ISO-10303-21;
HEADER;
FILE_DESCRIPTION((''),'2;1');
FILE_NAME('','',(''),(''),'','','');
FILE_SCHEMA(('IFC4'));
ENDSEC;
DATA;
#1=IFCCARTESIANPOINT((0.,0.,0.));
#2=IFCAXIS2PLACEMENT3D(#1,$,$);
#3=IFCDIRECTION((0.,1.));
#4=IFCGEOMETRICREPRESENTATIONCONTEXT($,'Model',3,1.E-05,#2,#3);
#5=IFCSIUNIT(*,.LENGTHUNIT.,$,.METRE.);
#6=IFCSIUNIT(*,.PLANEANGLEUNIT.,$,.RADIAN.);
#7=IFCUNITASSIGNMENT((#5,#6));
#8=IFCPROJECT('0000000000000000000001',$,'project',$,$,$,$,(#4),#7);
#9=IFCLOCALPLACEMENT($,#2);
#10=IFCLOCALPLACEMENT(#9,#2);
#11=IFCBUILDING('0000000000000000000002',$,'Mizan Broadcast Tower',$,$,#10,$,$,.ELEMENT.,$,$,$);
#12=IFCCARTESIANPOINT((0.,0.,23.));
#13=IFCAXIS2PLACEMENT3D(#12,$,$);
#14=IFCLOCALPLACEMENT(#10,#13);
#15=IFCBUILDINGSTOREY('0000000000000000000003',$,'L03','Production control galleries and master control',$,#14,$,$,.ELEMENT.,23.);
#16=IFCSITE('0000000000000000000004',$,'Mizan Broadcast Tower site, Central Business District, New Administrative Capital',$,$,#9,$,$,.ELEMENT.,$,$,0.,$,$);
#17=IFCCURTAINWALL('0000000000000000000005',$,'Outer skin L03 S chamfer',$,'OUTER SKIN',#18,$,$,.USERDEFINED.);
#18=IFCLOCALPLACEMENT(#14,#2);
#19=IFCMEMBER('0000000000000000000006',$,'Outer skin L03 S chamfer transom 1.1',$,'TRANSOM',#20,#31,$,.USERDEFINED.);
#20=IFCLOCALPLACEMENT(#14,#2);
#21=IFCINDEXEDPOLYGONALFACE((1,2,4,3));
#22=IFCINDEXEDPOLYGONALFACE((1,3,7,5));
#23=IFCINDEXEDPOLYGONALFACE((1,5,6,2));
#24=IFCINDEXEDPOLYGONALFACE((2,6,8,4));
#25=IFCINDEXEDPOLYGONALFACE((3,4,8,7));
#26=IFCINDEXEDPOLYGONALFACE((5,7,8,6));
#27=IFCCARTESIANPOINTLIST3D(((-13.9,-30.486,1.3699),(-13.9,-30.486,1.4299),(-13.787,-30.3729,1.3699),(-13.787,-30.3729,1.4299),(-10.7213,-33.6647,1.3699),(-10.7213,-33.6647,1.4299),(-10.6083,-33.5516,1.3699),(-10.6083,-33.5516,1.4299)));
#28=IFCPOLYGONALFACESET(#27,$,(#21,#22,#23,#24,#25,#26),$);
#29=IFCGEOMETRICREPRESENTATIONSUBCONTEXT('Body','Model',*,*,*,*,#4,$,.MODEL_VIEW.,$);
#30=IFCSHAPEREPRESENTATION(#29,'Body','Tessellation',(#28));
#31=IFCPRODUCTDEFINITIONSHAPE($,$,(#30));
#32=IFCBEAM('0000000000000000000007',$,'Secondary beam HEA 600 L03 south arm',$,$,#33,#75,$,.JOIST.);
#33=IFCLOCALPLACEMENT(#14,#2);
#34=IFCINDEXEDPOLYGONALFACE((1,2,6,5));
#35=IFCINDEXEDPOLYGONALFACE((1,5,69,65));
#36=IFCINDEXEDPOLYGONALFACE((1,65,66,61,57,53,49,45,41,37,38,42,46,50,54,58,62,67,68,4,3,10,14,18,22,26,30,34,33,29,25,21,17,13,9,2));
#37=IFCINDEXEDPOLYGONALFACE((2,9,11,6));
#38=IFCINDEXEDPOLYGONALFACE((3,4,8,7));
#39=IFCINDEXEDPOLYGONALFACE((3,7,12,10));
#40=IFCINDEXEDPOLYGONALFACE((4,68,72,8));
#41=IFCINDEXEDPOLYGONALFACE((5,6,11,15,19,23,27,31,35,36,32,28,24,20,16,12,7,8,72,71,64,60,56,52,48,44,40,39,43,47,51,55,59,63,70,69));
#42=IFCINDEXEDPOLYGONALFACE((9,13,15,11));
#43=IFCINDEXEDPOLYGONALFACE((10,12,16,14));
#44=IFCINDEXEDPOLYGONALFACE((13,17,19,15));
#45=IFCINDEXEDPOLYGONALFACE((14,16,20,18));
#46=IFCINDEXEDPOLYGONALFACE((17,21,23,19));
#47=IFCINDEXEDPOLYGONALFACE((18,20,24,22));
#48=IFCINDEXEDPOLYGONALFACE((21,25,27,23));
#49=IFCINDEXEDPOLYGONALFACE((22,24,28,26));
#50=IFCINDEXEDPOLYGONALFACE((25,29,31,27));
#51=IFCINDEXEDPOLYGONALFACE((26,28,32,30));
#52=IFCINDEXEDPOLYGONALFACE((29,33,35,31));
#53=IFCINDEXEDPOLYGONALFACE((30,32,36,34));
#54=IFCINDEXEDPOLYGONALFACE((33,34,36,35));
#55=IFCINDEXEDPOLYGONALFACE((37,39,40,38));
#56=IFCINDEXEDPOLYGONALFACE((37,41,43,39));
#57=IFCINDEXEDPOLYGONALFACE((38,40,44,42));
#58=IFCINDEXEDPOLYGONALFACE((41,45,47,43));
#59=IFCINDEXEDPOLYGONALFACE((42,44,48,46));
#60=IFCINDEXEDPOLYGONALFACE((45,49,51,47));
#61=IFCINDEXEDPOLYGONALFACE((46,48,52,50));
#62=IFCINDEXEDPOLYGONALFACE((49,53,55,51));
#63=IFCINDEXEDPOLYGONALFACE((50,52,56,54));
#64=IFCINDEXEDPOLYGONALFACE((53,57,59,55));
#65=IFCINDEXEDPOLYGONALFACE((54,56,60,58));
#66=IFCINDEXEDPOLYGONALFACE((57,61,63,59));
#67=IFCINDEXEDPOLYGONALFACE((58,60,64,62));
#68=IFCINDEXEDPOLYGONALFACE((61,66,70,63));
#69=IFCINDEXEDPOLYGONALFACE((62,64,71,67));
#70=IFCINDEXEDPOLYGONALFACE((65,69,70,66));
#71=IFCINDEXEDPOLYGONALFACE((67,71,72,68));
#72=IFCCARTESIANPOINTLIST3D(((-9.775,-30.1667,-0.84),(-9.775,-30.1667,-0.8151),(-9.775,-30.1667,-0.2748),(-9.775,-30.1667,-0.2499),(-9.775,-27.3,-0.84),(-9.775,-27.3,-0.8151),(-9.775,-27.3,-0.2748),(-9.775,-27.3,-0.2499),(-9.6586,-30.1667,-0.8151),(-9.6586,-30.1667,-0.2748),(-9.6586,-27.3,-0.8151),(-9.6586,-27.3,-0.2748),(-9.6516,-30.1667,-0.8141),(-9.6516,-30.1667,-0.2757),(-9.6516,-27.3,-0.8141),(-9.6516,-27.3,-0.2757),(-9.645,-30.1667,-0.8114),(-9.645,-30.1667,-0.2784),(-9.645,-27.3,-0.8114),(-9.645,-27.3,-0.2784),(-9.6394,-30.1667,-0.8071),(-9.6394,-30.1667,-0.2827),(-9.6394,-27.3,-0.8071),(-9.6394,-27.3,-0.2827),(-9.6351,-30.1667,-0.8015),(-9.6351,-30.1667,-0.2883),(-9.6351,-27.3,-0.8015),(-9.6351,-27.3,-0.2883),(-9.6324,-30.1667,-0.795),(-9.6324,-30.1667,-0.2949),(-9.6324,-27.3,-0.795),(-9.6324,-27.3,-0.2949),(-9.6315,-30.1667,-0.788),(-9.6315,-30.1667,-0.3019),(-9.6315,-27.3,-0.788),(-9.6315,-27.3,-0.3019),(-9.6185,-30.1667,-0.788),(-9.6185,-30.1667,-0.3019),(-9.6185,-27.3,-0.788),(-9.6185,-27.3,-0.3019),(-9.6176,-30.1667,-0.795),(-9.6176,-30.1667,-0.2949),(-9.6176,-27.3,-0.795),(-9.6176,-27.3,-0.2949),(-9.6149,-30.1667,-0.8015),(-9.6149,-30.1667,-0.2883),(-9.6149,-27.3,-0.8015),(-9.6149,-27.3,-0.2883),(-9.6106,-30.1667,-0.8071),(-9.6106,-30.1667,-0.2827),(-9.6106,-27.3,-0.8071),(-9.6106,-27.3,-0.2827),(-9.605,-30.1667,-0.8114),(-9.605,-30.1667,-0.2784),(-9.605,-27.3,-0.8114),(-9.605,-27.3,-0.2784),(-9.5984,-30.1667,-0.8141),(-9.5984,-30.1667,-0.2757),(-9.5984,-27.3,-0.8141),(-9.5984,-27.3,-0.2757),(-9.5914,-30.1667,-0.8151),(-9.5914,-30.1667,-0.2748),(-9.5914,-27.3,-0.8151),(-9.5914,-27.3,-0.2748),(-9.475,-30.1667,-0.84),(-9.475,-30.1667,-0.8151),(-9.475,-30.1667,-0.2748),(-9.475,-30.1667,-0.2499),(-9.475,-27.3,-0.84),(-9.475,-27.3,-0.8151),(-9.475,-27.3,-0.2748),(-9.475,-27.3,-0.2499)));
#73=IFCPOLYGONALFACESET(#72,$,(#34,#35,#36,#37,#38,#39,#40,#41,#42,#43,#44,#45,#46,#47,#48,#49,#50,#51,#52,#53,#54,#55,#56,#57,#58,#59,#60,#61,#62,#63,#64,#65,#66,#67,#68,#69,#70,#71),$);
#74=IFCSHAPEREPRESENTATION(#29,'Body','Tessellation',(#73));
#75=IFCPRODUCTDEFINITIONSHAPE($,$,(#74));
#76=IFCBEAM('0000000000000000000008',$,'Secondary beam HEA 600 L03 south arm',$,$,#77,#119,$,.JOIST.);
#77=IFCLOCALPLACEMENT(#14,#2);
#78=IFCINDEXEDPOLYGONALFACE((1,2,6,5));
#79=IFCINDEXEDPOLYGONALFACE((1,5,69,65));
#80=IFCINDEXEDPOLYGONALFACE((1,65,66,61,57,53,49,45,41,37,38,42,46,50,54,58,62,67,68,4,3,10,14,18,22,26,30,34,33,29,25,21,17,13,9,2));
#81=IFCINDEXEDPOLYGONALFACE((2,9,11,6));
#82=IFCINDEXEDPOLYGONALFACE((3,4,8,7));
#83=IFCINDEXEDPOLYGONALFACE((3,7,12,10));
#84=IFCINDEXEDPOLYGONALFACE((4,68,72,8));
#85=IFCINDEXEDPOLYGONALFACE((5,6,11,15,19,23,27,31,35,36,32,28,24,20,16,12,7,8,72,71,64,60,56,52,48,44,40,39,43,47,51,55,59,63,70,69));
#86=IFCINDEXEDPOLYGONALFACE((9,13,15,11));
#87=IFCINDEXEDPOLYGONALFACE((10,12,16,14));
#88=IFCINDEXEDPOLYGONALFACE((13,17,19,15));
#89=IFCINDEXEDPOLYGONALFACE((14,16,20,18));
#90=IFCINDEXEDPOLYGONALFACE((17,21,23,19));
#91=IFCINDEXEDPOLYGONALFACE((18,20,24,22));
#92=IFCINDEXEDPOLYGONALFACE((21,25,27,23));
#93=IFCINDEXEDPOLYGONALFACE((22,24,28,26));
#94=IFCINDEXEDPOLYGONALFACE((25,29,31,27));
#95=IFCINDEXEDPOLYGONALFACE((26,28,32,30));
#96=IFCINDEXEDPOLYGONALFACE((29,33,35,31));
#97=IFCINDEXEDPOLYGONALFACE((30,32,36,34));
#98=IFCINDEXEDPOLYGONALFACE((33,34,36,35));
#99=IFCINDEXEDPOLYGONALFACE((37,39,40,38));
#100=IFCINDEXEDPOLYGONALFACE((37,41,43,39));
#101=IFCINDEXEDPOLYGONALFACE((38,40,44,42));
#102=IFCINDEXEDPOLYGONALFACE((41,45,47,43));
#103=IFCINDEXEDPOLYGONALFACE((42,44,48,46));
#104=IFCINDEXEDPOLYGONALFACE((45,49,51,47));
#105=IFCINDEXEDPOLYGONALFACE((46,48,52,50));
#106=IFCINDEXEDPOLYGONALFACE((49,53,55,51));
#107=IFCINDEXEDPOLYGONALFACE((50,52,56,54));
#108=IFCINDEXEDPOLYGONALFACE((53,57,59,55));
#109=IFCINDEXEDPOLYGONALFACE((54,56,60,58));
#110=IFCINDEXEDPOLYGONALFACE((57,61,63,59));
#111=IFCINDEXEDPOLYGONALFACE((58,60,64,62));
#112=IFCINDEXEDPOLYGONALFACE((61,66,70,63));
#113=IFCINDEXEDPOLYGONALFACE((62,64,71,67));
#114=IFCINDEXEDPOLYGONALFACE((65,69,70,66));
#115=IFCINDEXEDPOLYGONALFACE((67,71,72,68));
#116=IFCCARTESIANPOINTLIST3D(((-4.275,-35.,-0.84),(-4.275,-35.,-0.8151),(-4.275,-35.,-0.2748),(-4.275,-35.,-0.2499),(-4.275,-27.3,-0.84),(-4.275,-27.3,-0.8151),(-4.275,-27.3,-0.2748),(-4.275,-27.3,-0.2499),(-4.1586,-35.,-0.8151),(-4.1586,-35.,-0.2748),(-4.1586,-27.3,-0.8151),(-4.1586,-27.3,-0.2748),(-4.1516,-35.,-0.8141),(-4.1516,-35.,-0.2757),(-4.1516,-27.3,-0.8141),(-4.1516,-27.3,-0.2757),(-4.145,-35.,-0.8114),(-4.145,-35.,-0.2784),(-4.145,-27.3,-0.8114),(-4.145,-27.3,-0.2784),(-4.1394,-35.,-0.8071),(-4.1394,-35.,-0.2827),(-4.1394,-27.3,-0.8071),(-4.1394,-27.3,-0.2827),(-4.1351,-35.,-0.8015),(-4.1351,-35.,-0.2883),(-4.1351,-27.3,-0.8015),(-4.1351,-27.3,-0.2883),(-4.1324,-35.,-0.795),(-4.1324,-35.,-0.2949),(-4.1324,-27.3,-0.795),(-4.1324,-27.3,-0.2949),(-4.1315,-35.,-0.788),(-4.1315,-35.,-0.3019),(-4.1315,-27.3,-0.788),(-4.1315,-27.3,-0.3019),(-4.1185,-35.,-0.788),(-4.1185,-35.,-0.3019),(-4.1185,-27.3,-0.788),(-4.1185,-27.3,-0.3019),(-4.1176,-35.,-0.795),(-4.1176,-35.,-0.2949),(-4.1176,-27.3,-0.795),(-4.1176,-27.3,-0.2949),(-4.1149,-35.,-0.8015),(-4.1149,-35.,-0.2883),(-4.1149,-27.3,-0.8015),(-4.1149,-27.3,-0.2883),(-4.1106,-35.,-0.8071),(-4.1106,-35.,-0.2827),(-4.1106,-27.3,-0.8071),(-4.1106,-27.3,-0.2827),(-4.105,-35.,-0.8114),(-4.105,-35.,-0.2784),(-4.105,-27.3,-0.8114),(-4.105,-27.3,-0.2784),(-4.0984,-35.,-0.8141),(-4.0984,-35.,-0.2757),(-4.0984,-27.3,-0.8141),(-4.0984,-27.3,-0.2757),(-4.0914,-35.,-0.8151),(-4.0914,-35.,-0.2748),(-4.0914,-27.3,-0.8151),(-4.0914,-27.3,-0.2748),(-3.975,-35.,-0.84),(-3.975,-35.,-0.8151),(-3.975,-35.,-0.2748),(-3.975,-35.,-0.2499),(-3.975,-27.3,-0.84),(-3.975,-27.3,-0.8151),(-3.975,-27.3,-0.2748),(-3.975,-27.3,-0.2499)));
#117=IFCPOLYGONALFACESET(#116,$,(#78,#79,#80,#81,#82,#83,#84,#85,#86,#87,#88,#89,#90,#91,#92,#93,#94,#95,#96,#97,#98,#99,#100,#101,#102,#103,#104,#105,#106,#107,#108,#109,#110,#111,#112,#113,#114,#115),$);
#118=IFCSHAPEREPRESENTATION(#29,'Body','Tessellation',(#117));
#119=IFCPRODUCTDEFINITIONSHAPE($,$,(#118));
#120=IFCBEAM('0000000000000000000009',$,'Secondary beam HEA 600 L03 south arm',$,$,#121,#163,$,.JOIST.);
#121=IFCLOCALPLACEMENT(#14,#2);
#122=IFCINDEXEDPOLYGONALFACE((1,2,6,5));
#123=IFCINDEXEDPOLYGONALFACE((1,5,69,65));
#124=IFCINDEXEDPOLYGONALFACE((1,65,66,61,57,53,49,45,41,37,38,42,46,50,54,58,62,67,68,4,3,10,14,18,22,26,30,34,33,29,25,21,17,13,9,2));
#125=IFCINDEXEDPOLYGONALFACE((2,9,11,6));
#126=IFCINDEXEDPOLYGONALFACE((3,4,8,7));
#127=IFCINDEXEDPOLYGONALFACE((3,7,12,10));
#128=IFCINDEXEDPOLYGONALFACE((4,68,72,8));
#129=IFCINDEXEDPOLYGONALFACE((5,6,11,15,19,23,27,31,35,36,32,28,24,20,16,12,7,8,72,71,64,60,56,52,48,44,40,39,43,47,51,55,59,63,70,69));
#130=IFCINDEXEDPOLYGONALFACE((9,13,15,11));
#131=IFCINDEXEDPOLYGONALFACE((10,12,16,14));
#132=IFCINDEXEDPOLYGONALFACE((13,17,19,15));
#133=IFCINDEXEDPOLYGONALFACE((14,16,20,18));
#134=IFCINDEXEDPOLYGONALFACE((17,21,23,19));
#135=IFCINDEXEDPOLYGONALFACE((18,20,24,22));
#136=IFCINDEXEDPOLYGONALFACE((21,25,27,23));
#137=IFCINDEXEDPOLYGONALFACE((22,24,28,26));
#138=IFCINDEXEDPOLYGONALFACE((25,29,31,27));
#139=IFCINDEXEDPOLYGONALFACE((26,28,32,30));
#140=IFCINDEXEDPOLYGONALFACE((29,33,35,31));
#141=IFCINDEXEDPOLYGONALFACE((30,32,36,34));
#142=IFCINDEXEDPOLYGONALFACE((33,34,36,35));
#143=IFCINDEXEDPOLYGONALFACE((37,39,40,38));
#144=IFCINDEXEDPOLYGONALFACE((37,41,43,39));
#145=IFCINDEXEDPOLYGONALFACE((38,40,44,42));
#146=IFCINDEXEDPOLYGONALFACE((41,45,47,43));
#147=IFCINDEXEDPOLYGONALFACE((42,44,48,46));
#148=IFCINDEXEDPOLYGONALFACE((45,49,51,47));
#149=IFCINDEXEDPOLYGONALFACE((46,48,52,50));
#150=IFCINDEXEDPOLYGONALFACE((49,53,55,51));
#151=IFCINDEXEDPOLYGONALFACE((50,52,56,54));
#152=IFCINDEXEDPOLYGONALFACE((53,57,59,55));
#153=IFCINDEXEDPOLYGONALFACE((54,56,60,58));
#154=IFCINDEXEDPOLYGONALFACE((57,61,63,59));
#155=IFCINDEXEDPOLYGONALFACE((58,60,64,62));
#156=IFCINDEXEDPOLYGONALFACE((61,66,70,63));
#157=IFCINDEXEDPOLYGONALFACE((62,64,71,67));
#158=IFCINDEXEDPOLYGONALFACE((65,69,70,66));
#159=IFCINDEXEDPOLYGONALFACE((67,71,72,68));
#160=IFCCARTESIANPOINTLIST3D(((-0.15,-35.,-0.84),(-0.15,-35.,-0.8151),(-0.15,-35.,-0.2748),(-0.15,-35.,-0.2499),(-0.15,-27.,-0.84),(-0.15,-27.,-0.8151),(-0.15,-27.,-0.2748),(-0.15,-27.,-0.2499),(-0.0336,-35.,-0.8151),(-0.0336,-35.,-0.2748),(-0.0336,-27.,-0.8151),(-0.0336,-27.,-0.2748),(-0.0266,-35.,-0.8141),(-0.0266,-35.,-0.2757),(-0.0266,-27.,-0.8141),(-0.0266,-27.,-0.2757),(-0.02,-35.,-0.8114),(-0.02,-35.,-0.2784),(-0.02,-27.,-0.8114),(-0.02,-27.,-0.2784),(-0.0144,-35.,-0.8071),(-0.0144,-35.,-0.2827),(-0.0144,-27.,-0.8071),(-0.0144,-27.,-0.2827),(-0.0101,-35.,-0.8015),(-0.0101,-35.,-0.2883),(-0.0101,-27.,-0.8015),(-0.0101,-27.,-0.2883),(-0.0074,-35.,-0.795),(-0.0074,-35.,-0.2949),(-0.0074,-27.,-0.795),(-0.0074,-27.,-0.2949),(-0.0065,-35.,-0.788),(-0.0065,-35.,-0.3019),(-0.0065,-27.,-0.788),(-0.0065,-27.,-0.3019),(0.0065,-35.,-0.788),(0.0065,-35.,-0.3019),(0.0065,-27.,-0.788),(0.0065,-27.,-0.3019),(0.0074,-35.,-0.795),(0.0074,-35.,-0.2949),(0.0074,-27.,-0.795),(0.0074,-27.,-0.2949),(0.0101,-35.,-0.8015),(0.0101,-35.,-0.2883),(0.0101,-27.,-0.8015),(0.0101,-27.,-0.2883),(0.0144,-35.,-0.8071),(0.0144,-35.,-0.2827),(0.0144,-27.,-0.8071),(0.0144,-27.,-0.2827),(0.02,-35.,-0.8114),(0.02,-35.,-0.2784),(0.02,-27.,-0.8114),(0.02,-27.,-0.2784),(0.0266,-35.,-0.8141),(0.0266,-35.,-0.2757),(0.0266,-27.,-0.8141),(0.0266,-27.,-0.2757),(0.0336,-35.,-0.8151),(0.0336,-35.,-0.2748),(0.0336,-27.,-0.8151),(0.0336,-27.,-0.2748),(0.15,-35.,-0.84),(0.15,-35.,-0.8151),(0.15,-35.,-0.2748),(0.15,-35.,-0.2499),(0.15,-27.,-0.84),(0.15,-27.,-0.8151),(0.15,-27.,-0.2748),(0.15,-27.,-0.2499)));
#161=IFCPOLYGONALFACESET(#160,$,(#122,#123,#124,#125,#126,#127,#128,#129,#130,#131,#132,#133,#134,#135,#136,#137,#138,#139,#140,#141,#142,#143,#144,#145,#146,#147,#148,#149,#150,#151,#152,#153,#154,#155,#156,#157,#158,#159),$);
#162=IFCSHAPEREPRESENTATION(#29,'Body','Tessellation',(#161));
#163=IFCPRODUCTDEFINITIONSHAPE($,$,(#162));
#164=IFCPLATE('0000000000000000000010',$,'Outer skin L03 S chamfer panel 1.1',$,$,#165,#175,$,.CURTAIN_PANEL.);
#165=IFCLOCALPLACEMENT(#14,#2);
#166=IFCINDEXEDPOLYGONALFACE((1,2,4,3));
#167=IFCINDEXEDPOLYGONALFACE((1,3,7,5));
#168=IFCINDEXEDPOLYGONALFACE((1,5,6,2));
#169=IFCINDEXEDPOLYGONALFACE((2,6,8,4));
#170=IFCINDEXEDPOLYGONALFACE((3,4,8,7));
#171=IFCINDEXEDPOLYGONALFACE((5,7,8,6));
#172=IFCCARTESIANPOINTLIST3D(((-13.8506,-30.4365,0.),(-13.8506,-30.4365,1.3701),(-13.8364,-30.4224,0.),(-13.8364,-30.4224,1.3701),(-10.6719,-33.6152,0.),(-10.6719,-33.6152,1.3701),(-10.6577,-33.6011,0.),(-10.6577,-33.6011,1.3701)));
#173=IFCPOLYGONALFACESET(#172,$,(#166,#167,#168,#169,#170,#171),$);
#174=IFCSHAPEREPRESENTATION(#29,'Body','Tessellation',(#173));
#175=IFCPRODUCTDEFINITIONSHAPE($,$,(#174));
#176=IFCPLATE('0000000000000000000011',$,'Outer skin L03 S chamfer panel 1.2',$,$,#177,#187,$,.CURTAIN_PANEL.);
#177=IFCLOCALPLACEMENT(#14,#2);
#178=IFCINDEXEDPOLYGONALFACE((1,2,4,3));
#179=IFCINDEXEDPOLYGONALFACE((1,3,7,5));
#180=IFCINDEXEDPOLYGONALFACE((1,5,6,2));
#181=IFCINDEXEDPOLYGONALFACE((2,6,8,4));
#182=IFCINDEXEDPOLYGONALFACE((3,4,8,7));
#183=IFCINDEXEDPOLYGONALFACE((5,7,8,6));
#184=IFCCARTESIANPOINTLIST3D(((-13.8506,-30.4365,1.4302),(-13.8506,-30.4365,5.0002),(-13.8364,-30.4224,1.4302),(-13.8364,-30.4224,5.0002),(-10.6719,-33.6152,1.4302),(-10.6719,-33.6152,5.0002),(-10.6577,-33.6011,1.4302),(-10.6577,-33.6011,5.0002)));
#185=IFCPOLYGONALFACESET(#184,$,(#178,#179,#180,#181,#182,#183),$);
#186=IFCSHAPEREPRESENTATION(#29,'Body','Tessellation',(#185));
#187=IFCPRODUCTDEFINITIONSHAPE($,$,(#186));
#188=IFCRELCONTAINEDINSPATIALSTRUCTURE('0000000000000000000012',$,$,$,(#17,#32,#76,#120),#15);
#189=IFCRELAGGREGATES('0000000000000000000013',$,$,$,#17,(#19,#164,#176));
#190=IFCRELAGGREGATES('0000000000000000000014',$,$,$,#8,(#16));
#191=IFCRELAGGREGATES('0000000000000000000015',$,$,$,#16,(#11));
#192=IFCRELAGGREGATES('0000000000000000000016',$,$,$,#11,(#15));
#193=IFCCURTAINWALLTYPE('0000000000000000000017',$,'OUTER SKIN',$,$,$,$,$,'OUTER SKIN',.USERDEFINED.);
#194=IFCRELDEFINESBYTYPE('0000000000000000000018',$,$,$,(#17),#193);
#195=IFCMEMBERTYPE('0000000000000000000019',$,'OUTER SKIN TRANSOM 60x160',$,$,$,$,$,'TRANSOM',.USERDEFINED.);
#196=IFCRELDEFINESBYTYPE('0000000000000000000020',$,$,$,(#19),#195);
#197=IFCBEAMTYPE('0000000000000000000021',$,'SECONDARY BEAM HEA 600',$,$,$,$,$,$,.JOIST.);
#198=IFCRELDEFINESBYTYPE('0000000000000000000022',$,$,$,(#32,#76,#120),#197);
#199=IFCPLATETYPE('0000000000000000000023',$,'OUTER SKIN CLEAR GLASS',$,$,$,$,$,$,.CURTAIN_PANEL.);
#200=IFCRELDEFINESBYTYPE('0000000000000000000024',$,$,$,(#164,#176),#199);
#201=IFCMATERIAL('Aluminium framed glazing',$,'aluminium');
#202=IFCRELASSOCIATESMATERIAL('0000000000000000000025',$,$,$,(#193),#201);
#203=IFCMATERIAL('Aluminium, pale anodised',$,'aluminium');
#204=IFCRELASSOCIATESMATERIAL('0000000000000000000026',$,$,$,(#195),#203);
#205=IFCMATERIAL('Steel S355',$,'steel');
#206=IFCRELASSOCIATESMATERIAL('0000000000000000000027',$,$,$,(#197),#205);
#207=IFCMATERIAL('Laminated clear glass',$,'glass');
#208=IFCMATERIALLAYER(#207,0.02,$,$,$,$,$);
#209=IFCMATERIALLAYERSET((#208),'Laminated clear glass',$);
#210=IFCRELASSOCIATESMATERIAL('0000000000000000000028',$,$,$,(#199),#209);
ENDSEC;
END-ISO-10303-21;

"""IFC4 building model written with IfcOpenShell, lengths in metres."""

from ifc_helpers import new_model, si_unit, direction, frame, origin, origin_2d, place, context, subcontext, project, spatial, rectangle, i_section, extrude, material, layer, layer_set, material_profile, profile_set, type_object, element, aggregate, save


model = new_model("IFC4")

# Units and contexts
model_context = context("Model", 3, precision=1e-05, world=origin(), true_north=direction((0.0, 1.0)))
body_context = subcontext(model_context, "Body", "Model", "MODEL_VIEW")
ifc_project = project(units=[si_unit("LENGTHUNIT", "METRE"), si_unit("PLANEANGLEUNIT", "RADIAN")], contexts=[model_context])

# Site, building, storey
site_placement = place(None, origin())
site = spatial("IfcSite", under=ifc_project, at=site_placement, Name="Mizan Broadcast Tower site, Central Business District, New Administrative Capital", CompositionType="ELEMENT", RefElevation=0.0)
building_placement = place(site_placement, origin())
building = spatial("IfcBuilding", under=site, at=building_placement, Name="Mizan Broadcast Tower", CompositionType="ELEMENT")
storey_placement = place(building_placement, frame((0.0, 0.0, 23.0)))
storey = spatial("IfcBuildingStorey", under=building, at=storey_placement, Name="L03", Description="Production control galleries and master control", CompositionType="ELEMENT", Elevation=23.0)

# Curtain wall, member
ifc_material_1 = material(Name="Aluminium framed glazing", Category="aluminium")
curtain_wall_type_1 = type_object("IfcCurtainWallType", Name="OUTER SKIN", ElementType="OUTER SKIN", PredefinedType="USERDEFINED", material=ifc_material_1)
curtain_wall_1_placement = place(storey_placement, origin())
curtain_wall_1 = element("IfcCurtainWall", 1, at=curtain_wall_1_placement, inside=storey, type_object=curtain_wall_type_1, Name="Outer skin L03 S chamfer", ObjectType="OUTER SKIN", PredefinedType="USERDEFINED")
ifc_material_2 = material(Name="Aluminium, pale anodised", Category="aluminium")
ifc_material_profile_1 = material_profile(ifc_material_2, rectangle(XDim=0.1599, YDim=0.0601, at=origin_2d()), Name="TRANSOM 160x60")
ifc_profile_set_1 = profile_set([ifc_material_profile_1], Name="Aluminium, pale anodised")
member_type_1 = type_object("IfcMemberType", Name="OUTER SKIN TRANSOM 60x160", ElementType="TRANSOM", PredefinedType="USERDEFINED", material=ifc_profile_set_1)
member_1_placement = place(storey_placement, frame((-13.8435, -30.4294, 1.3999), z_axis=(0.707107, -0.707107, 0.0), x_axis=(0.707107, 0.707107, 0.0)))
member_1 = element("IfcMember", 2, at=member_1_placement, type_object=member_type_1, Name="Outer skin L03 S chamfer transom 1.1", ObjectType="TRANSOM", PredefinedType="USERDEFINED", context=body_context, shape_type="SweptSolid", body=[
    extrude(rectangle(XDim=0.1599, YDim=0.0601, at=origin_2d()), origin(), (0.0, 0.0, 1.0), 4.4954),
])

# Beams
ifc_material_3 = material(Name="Steel S355", Category="steel")
ifc_material_profile_2 = material_profile(ifc_material_3, i_section(OverallWidth=0.3, OverallDepth=0.5901, WebThickness=0.0129, FlangeThickness=0.0249, FilletRadius=0.0271, at=origin_2d()), Name="HEA 600")
ifc_profile_set_2 = profile_set([ifc_material_profile_2], Name="Steel S355")
beam_type_1 = type_object("IfcBeamType", Name="SECONDARY BEAM HEA 600", PredefinedType="JOIST", material=ifc_profile_set_2)
beam_1_placement = place(storey_placement, frame((-9.625, -27.3, -0.5449), z_axis=(0.0, -1.0, 0.0), x_axis=(1.0, 0.0, 0.0)))
element("IfcBeam", 3, at=beam_1_placement, inside=storey, type_object=beam_type_1, Name="Secondary beam HEA 600 L03 south arm", PredefinedType="JOIST", context=body_context, shape_type="SweptSolid", body=[
    extrude(i_section(OverallWidth=0.3, OverallDepth=0.5901, WebThickness=0.0129, FlangeThickness=0.0249, FilletRadius=0.0271, at=origin_2d()), origin(), (0.0, 0.0, 1.0), 2.8667),
])
beam_2_placement = place(storey_placement, frame((-4.125, -27.3, -0.5449), z_axis=(0.0, -1.0, 0.0), x_axis=(1.0, 0.0, 0.0)))
element("IfcBeam", 4, at=beam_2_placement, inside=storey, type_object=beam_type_1, Name="Secondary beam HEA 600 L03 south arm", PredefinedType="JOIST", context=body_context, shape_type="SweptSolid", body=[
    extrude(i_section(OverallWidth=0.3, OverallDepth=0.5901, WebThickness=0.0129, FlangeThickness=0.0249, FilletRadius=0.0271, at=origin_2d()), origin(), (0.0, 0.0, 1.0), 7.7),
])
beam_3_placement = place(storey_placement, frame((0.0, -27.0, -0.5449), z_axis=(0.0, -1.0, 0.0), x_axis=(1.0, 0.0, 0.0)))
element("IfcBeam", 5, at=beam_3_placement, inside=storey, type_object=beam_type_1, Name="Secondary beam HEA 600 L03 south arm", PredefinedType="JOIST", context=body_context, shape_type="SweptSolid", body=[
    extrude(i_section(OverallWidth=0.3, OverallDepth=0.5901, WebThickness=0.0129, FlangeThickness=0.0249, FilletRadius=0.0271, at=origin_2d()), origin(), (0.0, 0.0, 1.0), 8.0),
])

# Plates
ifc_material_4 = material(Name="Laminated clear glass", Category="glass")
ifc_layer_1 = layer(ifc_material_4, 0.02)
ifc_layer_set_1 = layer_set([ifc_layer_1], Name="Laminated clear glass")
plate_type_1 = type_object("IfcPlateType", Name="OUTER SKIN CLEAR GLASS", PredefinedType="CURTAIN_PANEL", material=ifc_layer_set_1)
plate_1_placement = place(storey_placement, frame((-12.2542, -32.0188, 0.0), z_axis=(0.0, 0.0, 1.0), x_axis=(0.707107, -0.707107, 0.0)))
plate_1 = element("IfcPlate", 6, at=plate_1_placement, type_object=plate_type_1, Name="Outer skin L03 S chamfer panel 1.1", PredefinedType="CURTAIN_PANEL", context=body_context, shape_type="SweptSolid", body=[
    extrude(rectangle(XDim=4.4954, YDim=0.02, at=origin_2d()), origin(), (0.0, 0.0, 1.0), 1.3701),
])
plate_2_placement = place(storey_placement, frame((-12.2542, -32.0188, 1.4302), z_axis=(0.0, 0.0, 1.0), x_axis=(0.707107, -0.707107, 0.0)))
plate_2 = element("IfcPlate", 7, at=plate_2_placement, type_object=plate_type_1, Name="Outer skin L03 S chamfer panel 1.2", PredefinedType="CURTAIN_PANEL", context=body_context, shape_type="SweptSolid", body=[
    extrude(rectangle(XDim=4.4954, YDim=0.02, at=origin_2d()), origin(), (0.0, 0.0, 1.0), 3.5701),
])
aggregate(curtain_wall_1, [member_1, plate_1, plate_2])

save(model, "model.ifc")
